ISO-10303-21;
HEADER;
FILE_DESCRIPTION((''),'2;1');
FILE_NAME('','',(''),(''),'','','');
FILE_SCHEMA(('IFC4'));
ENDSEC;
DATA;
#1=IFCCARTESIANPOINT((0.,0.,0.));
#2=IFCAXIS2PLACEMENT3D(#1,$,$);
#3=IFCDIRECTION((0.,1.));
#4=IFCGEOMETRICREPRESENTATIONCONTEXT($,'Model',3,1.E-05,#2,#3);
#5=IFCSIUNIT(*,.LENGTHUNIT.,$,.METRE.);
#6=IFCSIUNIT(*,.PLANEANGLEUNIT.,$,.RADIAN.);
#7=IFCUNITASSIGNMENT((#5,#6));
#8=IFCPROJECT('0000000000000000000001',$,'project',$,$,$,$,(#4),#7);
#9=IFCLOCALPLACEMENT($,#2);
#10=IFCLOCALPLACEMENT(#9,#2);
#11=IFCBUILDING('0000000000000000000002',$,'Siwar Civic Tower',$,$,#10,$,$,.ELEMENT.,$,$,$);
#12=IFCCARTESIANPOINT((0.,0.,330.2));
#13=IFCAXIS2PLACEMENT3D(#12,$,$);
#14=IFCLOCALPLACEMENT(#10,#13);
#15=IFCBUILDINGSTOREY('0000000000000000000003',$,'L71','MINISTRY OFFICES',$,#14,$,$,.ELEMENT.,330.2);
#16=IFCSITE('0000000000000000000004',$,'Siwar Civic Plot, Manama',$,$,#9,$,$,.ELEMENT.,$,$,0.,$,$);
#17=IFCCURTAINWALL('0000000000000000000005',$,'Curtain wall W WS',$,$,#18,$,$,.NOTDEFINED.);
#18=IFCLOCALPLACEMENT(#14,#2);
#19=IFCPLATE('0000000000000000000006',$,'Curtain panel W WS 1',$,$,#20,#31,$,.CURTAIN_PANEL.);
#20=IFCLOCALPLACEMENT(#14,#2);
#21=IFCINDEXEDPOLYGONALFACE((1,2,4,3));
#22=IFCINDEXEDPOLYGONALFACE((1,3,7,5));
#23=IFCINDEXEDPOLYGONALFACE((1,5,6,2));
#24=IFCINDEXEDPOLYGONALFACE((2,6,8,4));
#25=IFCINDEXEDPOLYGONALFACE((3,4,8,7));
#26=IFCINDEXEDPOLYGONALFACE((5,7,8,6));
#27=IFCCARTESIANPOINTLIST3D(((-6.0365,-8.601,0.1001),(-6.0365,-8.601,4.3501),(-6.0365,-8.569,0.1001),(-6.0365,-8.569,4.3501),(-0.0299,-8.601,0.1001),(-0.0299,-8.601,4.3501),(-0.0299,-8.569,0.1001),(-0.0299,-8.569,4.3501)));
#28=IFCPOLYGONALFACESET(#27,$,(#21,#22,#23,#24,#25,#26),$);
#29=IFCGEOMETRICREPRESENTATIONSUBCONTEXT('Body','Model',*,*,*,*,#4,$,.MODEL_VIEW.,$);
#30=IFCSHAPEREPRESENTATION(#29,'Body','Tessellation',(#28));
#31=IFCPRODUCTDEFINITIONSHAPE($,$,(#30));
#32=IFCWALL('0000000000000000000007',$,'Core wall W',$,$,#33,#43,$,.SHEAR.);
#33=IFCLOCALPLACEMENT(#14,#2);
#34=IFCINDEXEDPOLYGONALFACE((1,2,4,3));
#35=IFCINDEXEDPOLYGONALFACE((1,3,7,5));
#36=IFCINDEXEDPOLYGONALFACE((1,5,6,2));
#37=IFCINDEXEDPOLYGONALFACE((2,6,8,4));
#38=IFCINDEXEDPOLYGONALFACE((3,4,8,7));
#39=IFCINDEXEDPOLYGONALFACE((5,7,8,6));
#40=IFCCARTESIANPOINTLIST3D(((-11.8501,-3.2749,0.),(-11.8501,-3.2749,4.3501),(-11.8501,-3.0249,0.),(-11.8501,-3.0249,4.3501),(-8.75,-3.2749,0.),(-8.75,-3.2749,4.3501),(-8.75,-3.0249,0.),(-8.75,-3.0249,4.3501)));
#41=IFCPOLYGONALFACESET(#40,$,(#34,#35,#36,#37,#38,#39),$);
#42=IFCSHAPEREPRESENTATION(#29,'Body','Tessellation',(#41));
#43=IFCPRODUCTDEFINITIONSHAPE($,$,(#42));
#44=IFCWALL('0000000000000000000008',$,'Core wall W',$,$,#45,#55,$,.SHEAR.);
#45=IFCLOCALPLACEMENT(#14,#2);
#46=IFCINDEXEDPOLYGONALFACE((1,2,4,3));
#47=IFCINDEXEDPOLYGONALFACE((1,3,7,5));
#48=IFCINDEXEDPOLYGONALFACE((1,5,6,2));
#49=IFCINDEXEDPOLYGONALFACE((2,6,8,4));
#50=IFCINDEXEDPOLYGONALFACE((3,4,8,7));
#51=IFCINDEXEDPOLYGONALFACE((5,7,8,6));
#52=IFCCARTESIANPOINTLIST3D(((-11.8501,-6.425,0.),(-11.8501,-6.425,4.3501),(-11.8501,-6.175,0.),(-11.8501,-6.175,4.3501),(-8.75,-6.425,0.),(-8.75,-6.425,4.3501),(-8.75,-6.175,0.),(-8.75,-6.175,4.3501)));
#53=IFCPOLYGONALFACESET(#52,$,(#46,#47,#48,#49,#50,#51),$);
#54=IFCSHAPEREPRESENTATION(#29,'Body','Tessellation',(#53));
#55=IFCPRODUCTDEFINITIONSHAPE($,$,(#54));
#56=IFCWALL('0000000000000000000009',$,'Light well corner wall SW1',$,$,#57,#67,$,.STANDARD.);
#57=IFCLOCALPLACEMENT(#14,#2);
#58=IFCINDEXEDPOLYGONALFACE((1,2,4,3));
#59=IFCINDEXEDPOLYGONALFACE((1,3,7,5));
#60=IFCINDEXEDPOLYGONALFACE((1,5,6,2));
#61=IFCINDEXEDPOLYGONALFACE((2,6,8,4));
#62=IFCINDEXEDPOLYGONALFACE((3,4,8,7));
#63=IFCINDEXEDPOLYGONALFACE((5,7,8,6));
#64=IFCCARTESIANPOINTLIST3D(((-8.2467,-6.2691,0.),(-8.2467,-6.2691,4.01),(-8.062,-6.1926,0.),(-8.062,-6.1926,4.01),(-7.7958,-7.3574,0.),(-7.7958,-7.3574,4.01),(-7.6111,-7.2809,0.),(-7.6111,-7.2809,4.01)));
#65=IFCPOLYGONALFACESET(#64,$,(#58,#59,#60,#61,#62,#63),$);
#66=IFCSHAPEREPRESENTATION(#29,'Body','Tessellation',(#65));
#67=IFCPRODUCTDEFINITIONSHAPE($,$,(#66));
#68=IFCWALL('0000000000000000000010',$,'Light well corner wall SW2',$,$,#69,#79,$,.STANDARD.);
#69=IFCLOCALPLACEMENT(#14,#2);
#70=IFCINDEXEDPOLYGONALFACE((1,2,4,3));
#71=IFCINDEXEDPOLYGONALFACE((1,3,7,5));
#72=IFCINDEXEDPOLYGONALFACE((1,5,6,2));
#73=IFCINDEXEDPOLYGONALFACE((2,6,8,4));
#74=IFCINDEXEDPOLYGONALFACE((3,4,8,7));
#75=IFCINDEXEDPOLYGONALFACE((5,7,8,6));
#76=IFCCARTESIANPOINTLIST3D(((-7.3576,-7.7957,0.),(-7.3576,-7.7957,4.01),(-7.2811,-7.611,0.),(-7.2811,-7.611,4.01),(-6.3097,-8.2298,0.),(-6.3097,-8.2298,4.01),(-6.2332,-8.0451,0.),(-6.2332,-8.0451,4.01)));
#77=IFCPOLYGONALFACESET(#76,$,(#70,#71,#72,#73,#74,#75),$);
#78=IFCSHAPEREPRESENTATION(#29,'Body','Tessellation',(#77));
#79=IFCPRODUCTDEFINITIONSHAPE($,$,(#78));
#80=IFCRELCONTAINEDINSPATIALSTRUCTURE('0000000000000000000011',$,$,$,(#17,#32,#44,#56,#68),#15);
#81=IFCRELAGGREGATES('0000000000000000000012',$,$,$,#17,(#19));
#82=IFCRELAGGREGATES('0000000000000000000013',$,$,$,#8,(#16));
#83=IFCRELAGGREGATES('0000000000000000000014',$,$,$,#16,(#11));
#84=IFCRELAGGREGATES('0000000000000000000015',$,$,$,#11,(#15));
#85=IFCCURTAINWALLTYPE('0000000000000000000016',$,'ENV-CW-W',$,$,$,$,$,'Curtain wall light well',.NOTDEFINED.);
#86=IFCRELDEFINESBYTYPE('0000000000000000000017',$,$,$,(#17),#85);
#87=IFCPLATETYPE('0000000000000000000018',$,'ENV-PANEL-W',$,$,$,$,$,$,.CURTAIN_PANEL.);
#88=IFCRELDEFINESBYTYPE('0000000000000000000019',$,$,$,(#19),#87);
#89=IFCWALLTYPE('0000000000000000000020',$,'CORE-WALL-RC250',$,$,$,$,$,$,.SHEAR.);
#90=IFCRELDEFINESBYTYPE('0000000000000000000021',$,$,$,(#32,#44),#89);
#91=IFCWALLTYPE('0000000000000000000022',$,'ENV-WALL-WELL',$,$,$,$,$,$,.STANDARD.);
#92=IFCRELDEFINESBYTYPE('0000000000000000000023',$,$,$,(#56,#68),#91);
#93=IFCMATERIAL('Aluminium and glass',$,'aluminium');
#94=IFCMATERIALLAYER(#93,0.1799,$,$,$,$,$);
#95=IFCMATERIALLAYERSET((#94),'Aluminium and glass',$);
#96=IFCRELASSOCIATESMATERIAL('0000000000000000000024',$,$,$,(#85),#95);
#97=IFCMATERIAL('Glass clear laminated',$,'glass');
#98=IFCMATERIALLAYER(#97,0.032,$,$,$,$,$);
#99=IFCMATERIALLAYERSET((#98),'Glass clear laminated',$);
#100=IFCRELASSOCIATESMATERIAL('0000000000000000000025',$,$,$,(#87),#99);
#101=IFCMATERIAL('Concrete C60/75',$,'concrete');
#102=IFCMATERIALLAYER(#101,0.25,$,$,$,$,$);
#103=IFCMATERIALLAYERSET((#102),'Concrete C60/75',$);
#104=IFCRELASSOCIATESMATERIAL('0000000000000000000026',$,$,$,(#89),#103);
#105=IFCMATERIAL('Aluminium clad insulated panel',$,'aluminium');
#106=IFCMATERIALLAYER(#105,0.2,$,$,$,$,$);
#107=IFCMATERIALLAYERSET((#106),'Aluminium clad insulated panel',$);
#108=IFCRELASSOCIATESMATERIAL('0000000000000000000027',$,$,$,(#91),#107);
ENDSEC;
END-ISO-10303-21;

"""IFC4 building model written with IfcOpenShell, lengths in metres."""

from ifc_helpers import new_model, si_unit, direction, frame, frame_2d, origin, origin_2d, place, context, subcontext, project, spatial, rectangle, extrude, material, layer, layer_set, type_object, element, aggregate, save


model = new_model("IFC4")

# Units and contexts
model_context = context("Model", 3, precision=1e-05, world=origin(), true_north=direction((0.0, 1.0)))
body_context = subcontext(model_context, "Body", "Model", "MODEL_VIEW")
ifc_project = project(units=[si_unit("LENGTHUNIT", "METRE"), si_unit("PLANEANGLEUNIT", "RADIAN")], contexts=[model_context])

# Site, building, storey
site_placement = place(None, origin())
site = spatial("IfcSite", under=ifc_project, at=site_placement, Name="Siwar Civic Plot, Manama", CompositionType="ELEMENT", RefElevation=0.0)
building_placement = place(site_placement, origin())
building = spatial("IfcBuilding", under=site, at=building_placement, Name="Siwar Civic Tower", CompositionType="ELEMENT")
storey_placement = place(building_placement, frame((0.0, 0.0, 330.2)))
storey = spatial("IfcBuildingStorey", under=building, at=storey_placement, Name="L71", Description="MINISTRY OFFICES", CompositionType="ELEMENT", Elevation=330.2)

# Curtain wall
ifc_material_1 = material(Name="Aluminium and glass", Category="aluminium")
ifc_layer_1 = layer(ifc_material_1, 0.1799)
ifc_layer_set_1 = layer_set([ifc_layer_1], Name="Aluminium and glass")
curtain_wall_type = type_object("IfcCurtainWallType", Name="ENV-CW-W", ElementType="Curtain wall light well", PredefinedType="NOTDEFINED", material=ifc_layer_set_1)
curtain_wall_placement = place(storey_placement, origin())
curtain_wall = element("IfcCurtainWall", 1, at=curtain_wall_placement, inside=storey, type_object=curtain_wall_type, Name="Curtain wall W WS", PredefinedType="NOTDEFINED")

# Plate
ifc_material_2 = material(Name="Glass clear laminated", Category="glass")
ifc_layer_2 = layer(ifc_material_2, 0.032)
ifc_layer_set_2 = layer_set([ifc_layer_2], Name="Glass clear laminated")
plate_type = type_object("IfcPlateType", Name="ENV-PANEL-W", PredefinedType="CURTAIN_PANEL", material=ifc_layer_set_2)
plate_placement = place(storey_placement, frame((-3.0332, -8.585, 0.1001), z_axis=(0.0, 0.0, 1.0), x_axis=(1.0, 0.0, 0.0)))
plate = element("IfcPlate", 2, at=plate_placement, type_object=plate_type, Name="Curtain panel W WS 1", PredefinedType="CURTAIN_PANEL", context=body_context, shape_type="SweptSolid", body=[
    extrude(rectangle(XDim=6.0066, YDim=0.032, at=origin_2d()), origin(), (0.0, 0.0, 1.0), 4.25),
])
aggregate(curtain_wall, [plate])

# Walls
ifc_material_3 = material(Name="Concrete C60/75", Category="concrete")
ifc_layer_3 = layer(ifc_material_3, 0.25)
ifc_layer_set_3 = layer_set([ifc_layer_3], Name="Concrete C60/75")
wall_type_1 = type_object("IfcWallType", Name="CORE-WALL-RC250", PredefinedType="SHEAR", material=ifc_layer_set_3)
for number, where, z_axis, x_axis, name in (
    (3, (-8.75, -3.1499, 0.0), (0.0, 0.0, 1.0), (-1.0, 0.0, 0.0), "Core wall W"),
    (4, (-8.75, -6.3, 0.0), (0.0, 0.0, 1.0), (-1.0, 0.0, 0.0), "Core wall W"),
):
    element("IfcWall", number, at=place(storey_placement, frame(where, z_axis=z_axis, x_axis=x_axis)), inside=storey, type_object=wall_type_1, Name=name, PredefinedType="SHEAR", context=body_context, shape_type="SweptSolid", body=[
        extrude(rectangle(XDim=3.1001, YDim=0.25, at=frame_2d((1.55, 0.0))), origin(), (0.0, 0.0, 1.0), 4.3501),
    ])
ifc_material_4 = material(Name="Aluminium clad insulated panel", Category="aluminium")
ifc_layer_4 = layer(ifc_material_4, 0.2)
ifc_layer_set_4 = layer_set([ifc_layer_4], Name="Aluminium clad insulated panel")
wall_type_2 = type_object("IfcWallType", Name="ENV-WALL-WELL", PredefinedType="STANDARD", material=ifc_layer_set_4)
wall_1_placement = place(storey_placement, frame((-8.1543, -6.231, 0.0), z_axis=(0.0, 0.0, 1.0), x_axis=(0.382761, -0.923848, 0.0)))
element("IfcWall", 5, at=wall_1_placement, inside=storey, type_object=wall_type_2, Name="Light well corner wall SW1", PredefinedType="STANDARD", context=body_context, shape_type="SweptSolid", body=[
    extrude(rectangle(XDim=1.178, YDim=0.2, at=frame_2d((0.5889, 0.0))), origin(), (0.0, 0.0, 1.0), 4.01),
])
wall_2_placement = place(storey_placement, frame((-7.3193, -7.7034, 0.0), z_axis=(0.0, 0.0, 1.0), x_axis=(0.923865, -0.382719, 0.0)))
element("IfcWall", 6, at=wall_2_placement, inside=storey, type_object=wall_type_2, Name="Light well corner wall SW2", PredefinedType="STANDARD", context=body_context, shape_type="SweptSolid", body=[
    extrude(rectangle(XDim=1.1343, YDim=0.2, at=frame_2d((0.5671, 0.0))), origin(), (0.0, 0.0, 1.0), 4.01),
])

save(model, "model.ifc")
